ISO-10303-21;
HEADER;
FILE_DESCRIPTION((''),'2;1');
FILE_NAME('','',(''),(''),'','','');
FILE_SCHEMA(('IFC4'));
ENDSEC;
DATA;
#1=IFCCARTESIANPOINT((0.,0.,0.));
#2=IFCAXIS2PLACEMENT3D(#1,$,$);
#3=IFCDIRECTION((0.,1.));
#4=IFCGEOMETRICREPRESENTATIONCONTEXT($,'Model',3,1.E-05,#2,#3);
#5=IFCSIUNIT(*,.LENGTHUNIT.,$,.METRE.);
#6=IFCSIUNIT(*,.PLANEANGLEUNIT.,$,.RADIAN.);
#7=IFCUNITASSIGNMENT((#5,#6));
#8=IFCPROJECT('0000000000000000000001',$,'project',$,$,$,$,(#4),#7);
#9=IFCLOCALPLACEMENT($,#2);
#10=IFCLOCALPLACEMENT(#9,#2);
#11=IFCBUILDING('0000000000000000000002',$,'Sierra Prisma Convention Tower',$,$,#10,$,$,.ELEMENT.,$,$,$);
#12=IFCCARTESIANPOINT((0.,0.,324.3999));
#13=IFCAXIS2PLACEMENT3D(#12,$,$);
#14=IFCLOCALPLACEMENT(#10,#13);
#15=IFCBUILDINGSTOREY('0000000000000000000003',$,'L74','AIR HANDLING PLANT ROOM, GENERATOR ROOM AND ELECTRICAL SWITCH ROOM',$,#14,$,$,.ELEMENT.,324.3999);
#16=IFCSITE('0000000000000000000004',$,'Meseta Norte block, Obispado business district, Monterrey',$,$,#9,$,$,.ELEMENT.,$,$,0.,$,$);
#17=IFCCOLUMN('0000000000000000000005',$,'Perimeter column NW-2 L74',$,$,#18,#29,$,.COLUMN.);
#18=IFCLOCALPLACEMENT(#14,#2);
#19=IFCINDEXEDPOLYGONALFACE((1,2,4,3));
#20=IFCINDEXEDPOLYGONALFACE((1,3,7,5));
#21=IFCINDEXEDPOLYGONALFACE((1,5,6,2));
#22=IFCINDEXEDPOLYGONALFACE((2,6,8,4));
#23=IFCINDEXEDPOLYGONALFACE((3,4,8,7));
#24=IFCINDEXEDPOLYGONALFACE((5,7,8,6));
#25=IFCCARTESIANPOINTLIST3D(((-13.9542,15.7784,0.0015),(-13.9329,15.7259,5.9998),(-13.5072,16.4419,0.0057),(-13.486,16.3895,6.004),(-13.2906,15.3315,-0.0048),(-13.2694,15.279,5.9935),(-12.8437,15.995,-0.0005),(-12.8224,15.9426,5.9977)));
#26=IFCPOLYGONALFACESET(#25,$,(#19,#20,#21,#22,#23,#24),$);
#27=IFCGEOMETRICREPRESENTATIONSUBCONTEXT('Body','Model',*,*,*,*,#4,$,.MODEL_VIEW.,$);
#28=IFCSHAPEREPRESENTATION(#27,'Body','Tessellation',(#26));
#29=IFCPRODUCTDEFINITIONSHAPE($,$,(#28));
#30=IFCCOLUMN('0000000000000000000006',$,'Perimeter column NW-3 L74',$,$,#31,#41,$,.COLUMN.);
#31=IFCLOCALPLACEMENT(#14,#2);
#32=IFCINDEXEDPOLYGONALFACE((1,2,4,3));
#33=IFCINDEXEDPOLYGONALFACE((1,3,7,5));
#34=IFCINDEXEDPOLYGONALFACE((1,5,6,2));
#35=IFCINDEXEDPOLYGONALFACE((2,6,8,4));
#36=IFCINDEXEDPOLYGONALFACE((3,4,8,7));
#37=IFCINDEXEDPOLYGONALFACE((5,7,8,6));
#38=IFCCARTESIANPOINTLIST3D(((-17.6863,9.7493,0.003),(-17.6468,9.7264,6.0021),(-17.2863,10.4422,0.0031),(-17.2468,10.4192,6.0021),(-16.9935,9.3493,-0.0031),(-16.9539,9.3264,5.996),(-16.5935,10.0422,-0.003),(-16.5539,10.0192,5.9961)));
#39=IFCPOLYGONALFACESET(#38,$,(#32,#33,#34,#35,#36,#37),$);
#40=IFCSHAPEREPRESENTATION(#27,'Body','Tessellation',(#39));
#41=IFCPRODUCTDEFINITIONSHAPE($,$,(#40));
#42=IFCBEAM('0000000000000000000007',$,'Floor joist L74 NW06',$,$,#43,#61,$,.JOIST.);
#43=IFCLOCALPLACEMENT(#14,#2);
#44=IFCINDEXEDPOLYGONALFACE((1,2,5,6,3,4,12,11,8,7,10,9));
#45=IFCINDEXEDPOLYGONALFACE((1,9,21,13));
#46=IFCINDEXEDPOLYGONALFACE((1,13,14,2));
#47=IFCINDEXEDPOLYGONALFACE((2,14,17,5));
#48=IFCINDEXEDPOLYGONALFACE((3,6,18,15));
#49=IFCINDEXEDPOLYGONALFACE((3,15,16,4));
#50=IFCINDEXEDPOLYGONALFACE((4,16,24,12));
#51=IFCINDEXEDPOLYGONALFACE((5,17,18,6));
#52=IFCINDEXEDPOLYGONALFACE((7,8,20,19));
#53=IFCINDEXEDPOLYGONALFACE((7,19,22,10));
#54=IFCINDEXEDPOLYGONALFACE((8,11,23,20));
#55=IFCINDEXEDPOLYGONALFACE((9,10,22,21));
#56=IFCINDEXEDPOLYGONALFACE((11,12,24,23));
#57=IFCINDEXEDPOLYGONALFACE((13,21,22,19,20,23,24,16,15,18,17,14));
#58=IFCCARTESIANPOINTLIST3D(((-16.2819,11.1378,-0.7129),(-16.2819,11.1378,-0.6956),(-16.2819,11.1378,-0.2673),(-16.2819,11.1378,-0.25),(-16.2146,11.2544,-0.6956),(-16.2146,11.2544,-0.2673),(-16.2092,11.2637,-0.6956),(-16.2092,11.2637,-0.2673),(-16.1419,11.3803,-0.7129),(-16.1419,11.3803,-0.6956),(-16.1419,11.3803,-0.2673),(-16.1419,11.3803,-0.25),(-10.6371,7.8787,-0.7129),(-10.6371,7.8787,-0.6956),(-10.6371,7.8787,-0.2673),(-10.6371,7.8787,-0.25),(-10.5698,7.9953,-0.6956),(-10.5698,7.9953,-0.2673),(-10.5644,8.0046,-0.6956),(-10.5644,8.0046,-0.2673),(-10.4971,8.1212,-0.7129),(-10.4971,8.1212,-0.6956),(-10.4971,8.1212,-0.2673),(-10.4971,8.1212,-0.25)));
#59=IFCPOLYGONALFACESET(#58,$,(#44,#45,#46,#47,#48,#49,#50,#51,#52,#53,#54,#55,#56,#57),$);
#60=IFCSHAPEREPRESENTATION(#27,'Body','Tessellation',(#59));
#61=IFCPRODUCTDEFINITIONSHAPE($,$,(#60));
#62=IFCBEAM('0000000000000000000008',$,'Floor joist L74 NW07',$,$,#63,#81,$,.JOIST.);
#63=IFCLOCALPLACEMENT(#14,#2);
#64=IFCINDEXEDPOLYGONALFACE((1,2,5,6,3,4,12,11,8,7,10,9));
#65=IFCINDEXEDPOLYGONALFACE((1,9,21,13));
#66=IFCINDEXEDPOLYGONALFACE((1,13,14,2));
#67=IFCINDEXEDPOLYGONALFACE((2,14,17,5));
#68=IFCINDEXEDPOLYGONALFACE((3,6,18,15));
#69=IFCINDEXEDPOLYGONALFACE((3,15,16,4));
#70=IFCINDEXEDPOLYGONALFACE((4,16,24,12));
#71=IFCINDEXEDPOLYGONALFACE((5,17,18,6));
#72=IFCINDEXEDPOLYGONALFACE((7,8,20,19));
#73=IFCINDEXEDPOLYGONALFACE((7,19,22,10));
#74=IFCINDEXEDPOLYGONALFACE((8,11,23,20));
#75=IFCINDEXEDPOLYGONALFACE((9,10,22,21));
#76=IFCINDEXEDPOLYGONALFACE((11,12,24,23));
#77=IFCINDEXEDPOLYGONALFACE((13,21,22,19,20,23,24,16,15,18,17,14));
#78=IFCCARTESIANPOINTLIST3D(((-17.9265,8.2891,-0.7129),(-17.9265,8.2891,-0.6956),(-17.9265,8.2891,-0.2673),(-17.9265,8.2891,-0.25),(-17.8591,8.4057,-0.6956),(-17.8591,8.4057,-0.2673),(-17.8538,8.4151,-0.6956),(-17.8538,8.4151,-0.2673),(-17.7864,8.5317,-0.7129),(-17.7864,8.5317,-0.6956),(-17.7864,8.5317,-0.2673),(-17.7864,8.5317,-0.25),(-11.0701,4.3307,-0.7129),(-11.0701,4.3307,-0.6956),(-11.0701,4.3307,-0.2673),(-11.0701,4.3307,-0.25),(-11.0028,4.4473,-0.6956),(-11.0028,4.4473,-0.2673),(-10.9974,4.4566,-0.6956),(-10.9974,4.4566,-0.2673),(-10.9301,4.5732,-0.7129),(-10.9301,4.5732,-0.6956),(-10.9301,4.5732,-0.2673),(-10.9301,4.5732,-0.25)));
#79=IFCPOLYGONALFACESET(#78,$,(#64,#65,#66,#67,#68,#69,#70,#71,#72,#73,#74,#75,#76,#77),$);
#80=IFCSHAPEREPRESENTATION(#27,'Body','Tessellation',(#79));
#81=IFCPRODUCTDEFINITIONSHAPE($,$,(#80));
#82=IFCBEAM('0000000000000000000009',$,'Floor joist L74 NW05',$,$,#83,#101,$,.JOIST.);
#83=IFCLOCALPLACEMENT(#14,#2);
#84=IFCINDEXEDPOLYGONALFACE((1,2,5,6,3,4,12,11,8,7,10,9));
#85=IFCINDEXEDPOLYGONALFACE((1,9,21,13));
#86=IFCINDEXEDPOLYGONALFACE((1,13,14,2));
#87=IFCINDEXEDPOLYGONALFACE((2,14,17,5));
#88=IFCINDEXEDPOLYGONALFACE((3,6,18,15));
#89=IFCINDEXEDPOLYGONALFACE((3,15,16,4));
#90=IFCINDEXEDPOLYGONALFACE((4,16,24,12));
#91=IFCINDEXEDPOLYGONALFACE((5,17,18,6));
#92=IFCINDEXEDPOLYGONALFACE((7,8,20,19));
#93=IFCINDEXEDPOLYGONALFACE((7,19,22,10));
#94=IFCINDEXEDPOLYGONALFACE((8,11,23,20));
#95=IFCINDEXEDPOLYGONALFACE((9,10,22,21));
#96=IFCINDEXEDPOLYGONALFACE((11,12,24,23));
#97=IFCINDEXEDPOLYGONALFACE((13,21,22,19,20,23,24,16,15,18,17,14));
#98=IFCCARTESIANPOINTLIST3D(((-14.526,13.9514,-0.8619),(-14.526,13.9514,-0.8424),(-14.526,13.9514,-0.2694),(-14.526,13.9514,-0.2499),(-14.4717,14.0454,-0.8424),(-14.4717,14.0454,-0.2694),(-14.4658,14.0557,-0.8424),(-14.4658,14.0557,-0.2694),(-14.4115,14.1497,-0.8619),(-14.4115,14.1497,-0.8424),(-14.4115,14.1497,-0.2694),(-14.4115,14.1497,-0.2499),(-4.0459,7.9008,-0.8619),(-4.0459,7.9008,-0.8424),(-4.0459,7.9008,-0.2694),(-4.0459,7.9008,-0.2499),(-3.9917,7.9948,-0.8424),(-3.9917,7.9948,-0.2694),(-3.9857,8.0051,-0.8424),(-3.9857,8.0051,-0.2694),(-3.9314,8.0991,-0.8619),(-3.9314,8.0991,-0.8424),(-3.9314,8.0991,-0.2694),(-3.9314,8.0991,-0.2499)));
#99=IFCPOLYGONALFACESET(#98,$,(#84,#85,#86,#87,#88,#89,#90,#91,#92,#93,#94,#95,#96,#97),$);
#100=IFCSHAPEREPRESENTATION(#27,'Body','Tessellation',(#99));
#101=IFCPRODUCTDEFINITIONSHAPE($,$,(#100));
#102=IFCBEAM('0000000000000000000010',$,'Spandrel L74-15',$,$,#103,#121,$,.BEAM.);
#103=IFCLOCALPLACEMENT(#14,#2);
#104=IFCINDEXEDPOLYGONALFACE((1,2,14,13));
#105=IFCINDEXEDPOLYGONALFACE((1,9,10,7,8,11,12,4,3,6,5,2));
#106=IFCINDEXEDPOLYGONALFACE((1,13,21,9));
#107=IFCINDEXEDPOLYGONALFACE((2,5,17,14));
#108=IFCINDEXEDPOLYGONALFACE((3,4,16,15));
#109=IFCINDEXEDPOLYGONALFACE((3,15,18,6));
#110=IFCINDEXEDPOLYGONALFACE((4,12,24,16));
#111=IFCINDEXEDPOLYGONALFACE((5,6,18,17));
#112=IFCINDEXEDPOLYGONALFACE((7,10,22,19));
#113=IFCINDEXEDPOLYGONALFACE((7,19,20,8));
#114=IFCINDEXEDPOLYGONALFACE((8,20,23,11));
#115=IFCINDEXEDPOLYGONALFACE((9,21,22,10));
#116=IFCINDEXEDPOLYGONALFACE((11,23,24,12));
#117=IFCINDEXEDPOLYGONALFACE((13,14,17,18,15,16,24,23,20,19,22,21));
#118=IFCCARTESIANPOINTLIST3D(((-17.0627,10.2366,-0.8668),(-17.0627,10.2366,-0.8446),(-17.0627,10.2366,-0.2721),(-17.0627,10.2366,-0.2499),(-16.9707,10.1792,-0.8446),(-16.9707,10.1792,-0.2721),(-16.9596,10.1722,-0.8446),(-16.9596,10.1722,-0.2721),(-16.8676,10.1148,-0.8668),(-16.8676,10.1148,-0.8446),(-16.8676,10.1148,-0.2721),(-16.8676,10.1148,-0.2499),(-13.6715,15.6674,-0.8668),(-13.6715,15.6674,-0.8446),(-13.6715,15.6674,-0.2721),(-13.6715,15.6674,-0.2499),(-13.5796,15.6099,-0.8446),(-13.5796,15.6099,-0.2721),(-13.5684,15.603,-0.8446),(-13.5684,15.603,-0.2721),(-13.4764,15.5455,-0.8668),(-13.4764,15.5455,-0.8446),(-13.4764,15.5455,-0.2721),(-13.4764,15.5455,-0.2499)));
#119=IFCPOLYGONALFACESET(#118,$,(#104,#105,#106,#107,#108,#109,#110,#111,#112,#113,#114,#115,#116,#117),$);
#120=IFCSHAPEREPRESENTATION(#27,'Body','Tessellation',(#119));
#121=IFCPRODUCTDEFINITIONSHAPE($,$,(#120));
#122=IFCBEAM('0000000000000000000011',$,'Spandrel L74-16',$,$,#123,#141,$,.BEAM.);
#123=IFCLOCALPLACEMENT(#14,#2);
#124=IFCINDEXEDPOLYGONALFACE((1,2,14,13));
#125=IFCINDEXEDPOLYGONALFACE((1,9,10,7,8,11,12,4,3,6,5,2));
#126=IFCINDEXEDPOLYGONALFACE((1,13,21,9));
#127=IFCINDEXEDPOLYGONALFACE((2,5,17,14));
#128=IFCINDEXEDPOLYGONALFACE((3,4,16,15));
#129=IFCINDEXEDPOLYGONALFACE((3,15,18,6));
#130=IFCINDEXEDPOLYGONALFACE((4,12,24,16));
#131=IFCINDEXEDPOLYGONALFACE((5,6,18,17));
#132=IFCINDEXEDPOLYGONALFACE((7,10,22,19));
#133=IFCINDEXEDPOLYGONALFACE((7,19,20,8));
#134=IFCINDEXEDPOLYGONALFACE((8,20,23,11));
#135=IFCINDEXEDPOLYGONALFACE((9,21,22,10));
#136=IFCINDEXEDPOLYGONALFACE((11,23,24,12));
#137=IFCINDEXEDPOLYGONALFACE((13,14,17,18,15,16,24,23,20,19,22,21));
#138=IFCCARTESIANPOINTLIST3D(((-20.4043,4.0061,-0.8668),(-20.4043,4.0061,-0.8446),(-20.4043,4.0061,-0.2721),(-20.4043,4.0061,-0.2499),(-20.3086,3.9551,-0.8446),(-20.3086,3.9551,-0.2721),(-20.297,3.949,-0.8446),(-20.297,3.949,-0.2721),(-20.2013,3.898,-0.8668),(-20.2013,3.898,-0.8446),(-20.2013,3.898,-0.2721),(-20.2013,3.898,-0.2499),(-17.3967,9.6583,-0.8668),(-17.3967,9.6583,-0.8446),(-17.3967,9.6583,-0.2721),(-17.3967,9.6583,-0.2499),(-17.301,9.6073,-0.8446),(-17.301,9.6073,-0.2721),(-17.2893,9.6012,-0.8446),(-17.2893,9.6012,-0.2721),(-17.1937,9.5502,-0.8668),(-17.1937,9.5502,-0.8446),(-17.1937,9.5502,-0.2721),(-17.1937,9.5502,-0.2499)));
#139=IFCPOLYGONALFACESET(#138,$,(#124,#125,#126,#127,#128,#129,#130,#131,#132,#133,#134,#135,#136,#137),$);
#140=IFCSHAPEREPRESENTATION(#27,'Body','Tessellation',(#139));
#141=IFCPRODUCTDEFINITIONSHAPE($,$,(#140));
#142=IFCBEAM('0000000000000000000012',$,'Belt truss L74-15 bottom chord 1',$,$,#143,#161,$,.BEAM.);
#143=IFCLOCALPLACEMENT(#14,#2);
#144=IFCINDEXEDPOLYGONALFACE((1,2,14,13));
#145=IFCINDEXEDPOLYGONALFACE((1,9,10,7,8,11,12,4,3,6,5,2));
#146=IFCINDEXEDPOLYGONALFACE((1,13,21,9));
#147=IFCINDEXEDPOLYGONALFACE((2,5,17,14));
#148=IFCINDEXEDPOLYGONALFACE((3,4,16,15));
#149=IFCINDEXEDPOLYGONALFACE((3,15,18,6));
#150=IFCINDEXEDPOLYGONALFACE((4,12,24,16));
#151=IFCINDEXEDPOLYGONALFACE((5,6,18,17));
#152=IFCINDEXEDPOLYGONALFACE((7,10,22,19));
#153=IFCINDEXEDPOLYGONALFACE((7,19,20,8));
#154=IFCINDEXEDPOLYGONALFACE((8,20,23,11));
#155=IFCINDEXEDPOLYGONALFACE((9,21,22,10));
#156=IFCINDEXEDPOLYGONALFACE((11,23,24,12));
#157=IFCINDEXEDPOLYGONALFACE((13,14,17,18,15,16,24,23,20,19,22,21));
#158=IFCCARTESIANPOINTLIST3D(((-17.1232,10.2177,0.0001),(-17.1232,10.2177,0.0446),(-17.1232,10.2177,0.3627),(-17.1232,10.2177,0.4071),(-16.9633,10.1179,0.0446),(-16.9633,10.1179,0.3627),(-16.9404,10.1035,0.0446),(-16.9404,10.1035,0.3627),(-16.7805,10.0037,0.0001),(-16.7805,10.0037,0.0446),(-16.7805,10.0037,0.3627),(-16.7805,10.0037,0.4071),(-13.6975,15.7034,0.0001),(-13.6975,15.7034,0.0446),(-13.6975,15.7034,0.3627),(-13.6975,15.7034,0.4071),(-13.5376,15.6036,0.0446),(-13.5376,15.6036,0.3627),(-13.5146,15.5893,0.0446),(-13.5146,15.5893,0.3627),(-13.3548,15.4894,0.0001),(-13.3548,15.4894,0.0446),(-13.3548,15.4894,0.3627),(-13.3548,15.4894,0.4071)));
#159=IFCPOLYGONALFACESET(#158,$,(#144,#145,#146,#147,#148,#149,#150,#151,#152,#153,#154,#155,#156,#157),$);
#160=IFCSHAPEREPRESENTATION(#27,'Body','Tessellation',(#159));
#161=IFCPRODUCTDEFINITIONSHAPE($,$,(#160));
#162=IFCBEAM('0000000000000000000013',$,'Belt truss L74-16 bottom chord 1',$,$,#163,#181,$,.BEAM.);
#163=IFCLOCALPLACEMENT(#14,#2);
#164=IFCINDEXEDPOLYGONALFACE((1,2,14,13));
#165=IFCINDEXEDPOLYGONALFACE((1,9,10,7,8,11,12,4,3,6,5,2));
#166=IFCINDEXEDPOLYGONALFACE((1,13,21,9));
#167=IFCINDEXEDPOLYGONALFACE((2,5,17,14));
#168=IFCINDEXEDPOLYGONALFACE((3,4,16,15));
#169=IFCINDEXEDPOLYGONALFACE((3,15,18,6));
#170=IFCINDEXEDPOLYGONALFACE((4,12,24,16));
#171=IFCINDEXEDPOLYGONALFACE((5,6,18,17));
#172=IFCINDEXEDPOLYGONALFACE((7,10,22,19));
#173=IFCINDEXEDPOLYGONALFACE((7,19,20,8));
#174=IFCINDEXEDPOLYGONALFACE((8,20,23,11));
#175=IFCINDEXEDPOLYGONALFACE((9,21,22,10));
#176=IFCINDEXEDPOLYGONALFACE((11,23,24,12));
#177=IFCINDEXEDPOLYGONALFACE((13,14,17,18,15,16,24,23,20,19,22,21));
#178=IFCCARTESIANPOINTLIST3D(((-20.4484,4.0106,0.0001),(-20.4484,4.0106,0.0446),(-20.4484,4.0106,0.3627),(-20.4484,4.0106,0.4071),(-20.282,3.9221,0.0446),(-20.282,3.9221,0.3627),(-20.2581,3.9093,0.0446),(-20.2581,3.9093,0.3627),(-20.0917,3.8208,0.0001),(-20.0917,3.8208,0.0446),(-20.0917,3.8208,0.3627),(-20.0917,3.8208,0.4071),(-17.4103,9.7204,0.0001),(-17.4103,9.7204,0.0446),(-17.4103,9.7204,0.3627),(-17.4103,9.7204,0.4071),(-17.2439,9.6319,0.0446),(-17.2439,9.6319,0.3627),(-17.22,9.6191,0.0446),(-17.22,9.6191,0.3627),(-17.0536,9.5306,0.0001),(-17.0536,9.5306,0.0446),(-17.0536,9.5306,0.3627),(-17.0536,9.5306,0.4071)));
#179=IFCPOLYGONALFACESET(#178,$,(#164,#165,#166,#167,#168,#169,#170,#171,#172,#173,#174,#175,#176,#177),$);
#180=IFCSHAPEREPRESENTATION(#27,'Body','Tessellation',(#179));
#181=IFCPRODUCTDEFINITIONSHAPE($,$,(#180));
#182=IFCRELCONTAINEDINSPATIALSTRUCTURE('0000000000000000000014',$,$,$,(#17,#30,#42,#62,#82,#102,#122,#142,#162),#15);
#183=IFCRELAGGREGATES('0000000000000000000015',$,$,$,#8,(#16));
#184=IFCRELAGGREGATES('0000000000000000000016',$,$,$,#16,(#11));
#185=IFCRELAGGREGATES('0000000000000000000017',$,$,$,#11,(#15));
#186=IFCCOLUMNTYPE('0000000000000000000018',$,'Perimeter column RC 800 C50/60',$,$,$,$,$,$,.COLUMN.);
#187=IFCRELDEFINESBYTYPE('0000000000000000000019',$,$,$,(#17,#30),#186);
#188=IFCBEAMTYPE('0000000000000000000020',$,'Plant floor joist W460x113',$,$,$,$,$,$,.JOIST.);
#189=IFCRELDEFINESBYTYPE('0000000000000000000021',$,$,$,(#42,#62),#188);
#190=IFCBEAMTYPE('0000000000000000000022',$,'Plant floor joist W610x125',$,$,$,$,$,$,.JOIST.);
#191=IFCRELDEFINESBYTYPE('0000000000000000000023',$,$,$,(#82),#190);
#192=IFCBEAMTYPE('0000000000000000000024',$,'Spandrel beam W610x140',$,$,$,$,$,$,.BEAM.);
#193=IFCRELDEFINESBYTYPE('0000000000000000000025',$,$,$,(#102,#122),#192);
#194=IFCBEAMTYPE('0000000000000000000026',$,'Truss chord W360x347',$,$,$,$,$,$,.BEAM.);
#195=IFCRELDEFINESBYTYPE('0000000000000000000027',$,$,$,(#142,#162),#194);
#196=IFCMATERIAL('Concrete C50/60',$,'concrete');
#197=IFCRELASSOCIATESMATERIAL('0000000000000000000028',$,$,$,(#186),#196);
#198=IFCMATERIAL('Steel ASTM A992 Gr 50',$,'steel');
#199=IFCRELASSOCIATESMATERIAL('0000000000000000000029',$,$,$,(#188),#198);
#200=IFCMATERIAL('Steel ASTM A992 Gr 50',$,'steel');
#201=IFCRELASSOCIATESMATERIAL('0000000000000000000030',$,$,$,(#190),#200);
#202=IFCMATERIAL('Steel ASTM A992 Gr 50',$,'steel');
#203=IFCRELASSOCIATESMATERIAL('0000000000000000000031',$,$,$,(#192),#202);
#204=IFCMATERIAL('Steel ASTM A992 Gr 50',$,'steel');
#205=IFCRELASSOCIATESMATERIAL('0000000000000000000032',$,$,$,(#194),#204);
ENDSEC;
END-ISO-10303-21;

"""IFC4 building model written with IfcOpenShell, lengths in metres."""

from ifc_helpers import new_model, si_unit, direction, frame, origin, origin_2d, place, context, subcontext, project, spatial, rectangle, i_section, extrude, clip, halfspace, material, material_profile, profile_set, type_object, element, save


model = new_model("IFC4")

# Units and contexts
model_context = context("Model", 3, precision=1e-05, world=origin(), true_north=direction((0.0, 1.0)))
body_context = subcontext(model_context, "Body", "Model", "MODEL_VIEW")
ifc_project = project(units=[si_unit("LENGTHUNIT", "METRE"), si_unit("PLANEANGLEUNIT", "RADIAN")], contexts=[model_context])

# Site, building, storey
site_placement = place(None, origin())
site = spatial("IfcSite", under=ifc_project, at=site_placement, Name="Meseta Norte block, Obispado business district, Monterrey", CompositionType="ELEMENT", RefElevation=0.0)
building_placement = place(site_placement, origin())
building = spatial("IfcBuilding", under=site, at=building_placement, Name="Sierra Prisma Convention Tower", CompositionType="ELEMENT")
storey_placement = place(building_placement, frame((0.0, 0.0, 324.3999)))
storey = spatial("IfcBuildingStorey", under=building, at=storey_placement, Name="L74", Description="AIR HANDLING PLANT ROOM, GENERATOR ROOM AND ELECTRICAL SWITCH ROOM", CompositionType="ELEMENT", Elevation=324.3999)

# Columns
ifc_material_1 = material(Name="Concrete C50/60", Category="concrete")
ifc_material_profile_1 = material_profile(ifc_material_1, rectangle(XDim=0.8, YDim=0.8, at=origin_2d()), Name="Perimeter column RC 800 C50/60")
ifc_profile_set_1 = profile_set([ifc_material_profile_1], Name="Concrete C50/60")
column_type = type_object("IfcColumnType", Name="Perimeter column RC 800 C50/60", PredefinedType="COLUMN", material=ifc_profile_set_1)
column_1_placement = place(storey_placement, frame((-13.3989, 15.8867, 0.0), z_axis=(0.00354, -0.008748, 0.999955), x_axis=(0.558642, 0.829392, 0.005278)))
element("IfcColumn", 1, at=column_1_placement, inside=storey, type_object=column_type, Name="Perimeter column NW-2 L74", PredefinedType="COLUMN", context=body_context, shape_type="SweptSolid", body=[
    clip(clip(extrude(rectangle(XDim=0.8, YDim=0.8, at=origin_2d()), origin(), (0.0, 0.0, 1.0), 6.0002), halfspace(frame((0.0, 0.0, 0.0005)), True)), halfspace(frame((0.0, 0.0, 5.999)), False)),
])
column_2_placement = place(storey_placement, frame((-17.1399, 9.8958, 0.0), z_axis=(0.006592, -0.003825, 0.999971), x_axis=(0.499989, 0.866032, 0.000017)))
element("IfcColumn", 2, at=column_2_placement, inside=storey, type_object=column_type, Name="Perimeter column NW-3 L74", PredefinedType="COLUMN", context=body_context, shape_type="SweptSolid", body=[
    clip(extrude(rectangle(XDim=0.8, YDim=0.8, at=origin_2d()), origin(), (0.0, 0.0, 1.0), 6.0002), halfspace(frame((0.0, 0.0, 5.9993)), False)),
])

# Beams
ifc_material_2 = material(Name="Steel ASTM A992 Gr 50", Category="steel")
ifc_material_profile_2 = material_profile(ifc_material_2, i_section(OverallWidth=0.28, OverallDepth=0.4629, WebThickness=0.0107, FlangeThickness=0.0173, at=origin_2d()), Name="W460x113")
ifc_profile_set_2 = profile_set([ifc_material_profile_2], Name="Steel ASTM A992 Gr 50")
beam_type_1 = type_object("IfcBeamType", Name="Plant floor joist W460x113", PredefinedType="JOIST", material=ifc_profile_set_2)
beam_1_placement = place(storey_placement, frame((-16.2119, 11.259, -0.4814), z_axis=(0.866024, -0.500002, 0.0), x_axis=(0.500002, 0.866024, 0.0)))
element("IfcBeam", 3, at=beam_1_placement, inside=storey, type_object=beam_type_1, Name="Floor joist L74 NW06", PredefinedType="JOIST", context=body_context, shape_type="SweptSolid", body=[
    extrude(i_section(OverallWidth=0.28, OverallDepth=0.4629, WebThickness=0.0107, FlangeThickness=0.0173, at=origin_2d()), origin(), (0.0, 0.0, 1.0), 6.5181),
])
beam_2_placement = place(storey_placement, frame((-17.8564, 8.4104, -0.4814), z_axis=(0.866029, -0.499993, 0.0), x_axis=(0.499993, 0.866029, 0.0)))
element("IfcBeam", 4, at=beam_2_placement, inside=storey, type_object=beam_type_1, Name="Floor joist L74 NW07", PredefinedType="JOIST", context=body_context, shape_type="SweptSolid", body=[
    extrude(i_section(OverallWidth=0.28, OverallDepth=0.4629, WebThickness=0.0107, FlangeThickness=0.0173, at=origin_2d()), origin(), (0.0, 0.0, 1.0), 7.917),
])
ifc_material_3 = material(Name="Steel ASTM A992 Gr 50", Category="steel")
ifc_material_profile_3 = material_profile(ifc_material_3, i_section(OverallWidth=0.229, OverallDepth=0.6121, WebThickness=0.012, FlangeThickness=0.0195, at=origin_2d()), Name="W610x125")
ifc_profile_set_3 = profile_set([ifc_material_profile_3], Name="Steel ASTM A992 Gr 50")
beam_type_2 = type_object("IfcBeamType", Name="Plant floor joist W610x125", PredefinedType="JOIST", material=ifc_profile_set_3)
beam_3_placement = place(storey_placement, frame((-14.4688, 14.0505, -0.5559), z_axis=(0.866028, -0.499995, 0.0), x_axis=(0.499995, 0.866028, 0.0)))
element("IfcBeam", 5, at=beam_3_placement, inside=storey, type_object=beam_type_2, Name="Floor joist L74 NW05", PredefinedType="JOIST", context=body_context, shape_type="SweptSolid", body=[
    extrude(i_section(OverallWidth=0.229, OverallDepth=0.6121, WebThickness=0.012, FlangeThickness=0.0195, at=origin_2d()), origin(), (0.0, 0.0, 1.0), 12.1013),
])
ifc_material_4 = material(Name="Steel ASTM A992 Gr 50", Category="steel")
ifc_material_profile_4 = material_profile(ifc_material_4, i_section(OverallWidth=0.23, OverallDepth=0.6169, WebThickness=0.0132, FlangeThickness=0.0222, at=origin_2d()), Name="W610x140")
ifc_profile_set_4 = profile_set([ifc_material_profile_4], Name="Steel ASTM A992 Gr 50")
beam_type_3 = type_object("IfcBeamType", Name="Spandrel beam W610x140", PredefinedType="BEAM", material=ifc_profile_set_4)
for number, where, z_axis, x_axis, name in (
    (6, (-13.574, 15.6064, -0.5583), (-0.529656, -0.848212, 0.0), (0.848212, -0.529656, 0.0), "Spandrel L74-15"),
    (7, (-17.2952, 9.6042, -0.5583), (-0.469751, -0.882799, 0.0), (0.882799, -0.469751, 0.0), "Spandrel L74-16"),
):
    element("IfcBeam", number, at=place(storey_placement, frame(where, z_axis=z_axis, x_axis=x_axis)), inside=storey, type_object=beam_type_3, Name=name, PredefinedType="BEAM", context=body_context, shape_type="SweptSolid", body=[
        extrude(i_section(OverallWidth=0.23, OverallDepth=0.6169, WebThickness=0.0132, FlangeThickness=0.0222, at=origin_2d()), origin(), (0.0, 0.0, 1.0), 6.4026),
    ])
ifc_material_5 = material(Name="Steel ASTM A992 Gr 50", Category="steel")
ifc_material_profile_5 = material_profile(ifc_material_5, i_section(OverallWidth=0.4041, OverallDepth=0.407, WebThickness=0.0271, FlangeThickness=0.0444, at=origin_2d()), Name="W360x347")
ifc_profile_set_5 = profile_set([ifc_material_profile_5], Name="Steel ASTM A992 Gr 50")
beam_type_4 = type_object("IfcBeamType", Name="Truss chord W360x347", PredefinedType="BEAM", material=ifc_profile_set_5)
beam_4_placement = place(storey_placement, frame((-13.5261, 15.5964, 0.2036), z_axis=(-0.52968, -0.848198, 0.0), x_axis=(0.848198, -0.52968, 0.0)))
element("IfcBeam", 8, at=beam_4_placement, inside=storey, type_object=beam_type_4, Name="Belt truss L74-15 bottom chord 1", PredefinedType="BEAM", context=body_context, shape_type="SweptSolid", body=[
    extrude(i_section(OverallWidth=0.4041, OverallDepth=0.407, WebThickness=0.0271, FlangeThickness=0.0444, at=origin_2d()), origin(), (0.0, 0.0, 1.0), 6.4675),
])
beam_5_placement = place(storey_placement, frame((-17.2319, 9.6255, 0.2036), z_axis=(-0.469734, -0.882808, 0.0), x_axis=(0.882808, -0.469734, 0.0)))
element("IfcBeam", 9, at=beam_5_placement, inside=storey, type_object=beam_type_4, Name="Belt truss L74-16 bottom chord 1", PredefinedType="BEAM", context=body_context, shape_type="SweptSolid", body=[
    extrude(i_section(OverallWidth=0.4041, OverallDepth=0.407, WebThickness=0.0271, FlangeThickness=0.0444, at=origin_2d()), origin(), (0.0, 0.0, 1.0), 6.4678),
])

save(model, "model.ifc")
